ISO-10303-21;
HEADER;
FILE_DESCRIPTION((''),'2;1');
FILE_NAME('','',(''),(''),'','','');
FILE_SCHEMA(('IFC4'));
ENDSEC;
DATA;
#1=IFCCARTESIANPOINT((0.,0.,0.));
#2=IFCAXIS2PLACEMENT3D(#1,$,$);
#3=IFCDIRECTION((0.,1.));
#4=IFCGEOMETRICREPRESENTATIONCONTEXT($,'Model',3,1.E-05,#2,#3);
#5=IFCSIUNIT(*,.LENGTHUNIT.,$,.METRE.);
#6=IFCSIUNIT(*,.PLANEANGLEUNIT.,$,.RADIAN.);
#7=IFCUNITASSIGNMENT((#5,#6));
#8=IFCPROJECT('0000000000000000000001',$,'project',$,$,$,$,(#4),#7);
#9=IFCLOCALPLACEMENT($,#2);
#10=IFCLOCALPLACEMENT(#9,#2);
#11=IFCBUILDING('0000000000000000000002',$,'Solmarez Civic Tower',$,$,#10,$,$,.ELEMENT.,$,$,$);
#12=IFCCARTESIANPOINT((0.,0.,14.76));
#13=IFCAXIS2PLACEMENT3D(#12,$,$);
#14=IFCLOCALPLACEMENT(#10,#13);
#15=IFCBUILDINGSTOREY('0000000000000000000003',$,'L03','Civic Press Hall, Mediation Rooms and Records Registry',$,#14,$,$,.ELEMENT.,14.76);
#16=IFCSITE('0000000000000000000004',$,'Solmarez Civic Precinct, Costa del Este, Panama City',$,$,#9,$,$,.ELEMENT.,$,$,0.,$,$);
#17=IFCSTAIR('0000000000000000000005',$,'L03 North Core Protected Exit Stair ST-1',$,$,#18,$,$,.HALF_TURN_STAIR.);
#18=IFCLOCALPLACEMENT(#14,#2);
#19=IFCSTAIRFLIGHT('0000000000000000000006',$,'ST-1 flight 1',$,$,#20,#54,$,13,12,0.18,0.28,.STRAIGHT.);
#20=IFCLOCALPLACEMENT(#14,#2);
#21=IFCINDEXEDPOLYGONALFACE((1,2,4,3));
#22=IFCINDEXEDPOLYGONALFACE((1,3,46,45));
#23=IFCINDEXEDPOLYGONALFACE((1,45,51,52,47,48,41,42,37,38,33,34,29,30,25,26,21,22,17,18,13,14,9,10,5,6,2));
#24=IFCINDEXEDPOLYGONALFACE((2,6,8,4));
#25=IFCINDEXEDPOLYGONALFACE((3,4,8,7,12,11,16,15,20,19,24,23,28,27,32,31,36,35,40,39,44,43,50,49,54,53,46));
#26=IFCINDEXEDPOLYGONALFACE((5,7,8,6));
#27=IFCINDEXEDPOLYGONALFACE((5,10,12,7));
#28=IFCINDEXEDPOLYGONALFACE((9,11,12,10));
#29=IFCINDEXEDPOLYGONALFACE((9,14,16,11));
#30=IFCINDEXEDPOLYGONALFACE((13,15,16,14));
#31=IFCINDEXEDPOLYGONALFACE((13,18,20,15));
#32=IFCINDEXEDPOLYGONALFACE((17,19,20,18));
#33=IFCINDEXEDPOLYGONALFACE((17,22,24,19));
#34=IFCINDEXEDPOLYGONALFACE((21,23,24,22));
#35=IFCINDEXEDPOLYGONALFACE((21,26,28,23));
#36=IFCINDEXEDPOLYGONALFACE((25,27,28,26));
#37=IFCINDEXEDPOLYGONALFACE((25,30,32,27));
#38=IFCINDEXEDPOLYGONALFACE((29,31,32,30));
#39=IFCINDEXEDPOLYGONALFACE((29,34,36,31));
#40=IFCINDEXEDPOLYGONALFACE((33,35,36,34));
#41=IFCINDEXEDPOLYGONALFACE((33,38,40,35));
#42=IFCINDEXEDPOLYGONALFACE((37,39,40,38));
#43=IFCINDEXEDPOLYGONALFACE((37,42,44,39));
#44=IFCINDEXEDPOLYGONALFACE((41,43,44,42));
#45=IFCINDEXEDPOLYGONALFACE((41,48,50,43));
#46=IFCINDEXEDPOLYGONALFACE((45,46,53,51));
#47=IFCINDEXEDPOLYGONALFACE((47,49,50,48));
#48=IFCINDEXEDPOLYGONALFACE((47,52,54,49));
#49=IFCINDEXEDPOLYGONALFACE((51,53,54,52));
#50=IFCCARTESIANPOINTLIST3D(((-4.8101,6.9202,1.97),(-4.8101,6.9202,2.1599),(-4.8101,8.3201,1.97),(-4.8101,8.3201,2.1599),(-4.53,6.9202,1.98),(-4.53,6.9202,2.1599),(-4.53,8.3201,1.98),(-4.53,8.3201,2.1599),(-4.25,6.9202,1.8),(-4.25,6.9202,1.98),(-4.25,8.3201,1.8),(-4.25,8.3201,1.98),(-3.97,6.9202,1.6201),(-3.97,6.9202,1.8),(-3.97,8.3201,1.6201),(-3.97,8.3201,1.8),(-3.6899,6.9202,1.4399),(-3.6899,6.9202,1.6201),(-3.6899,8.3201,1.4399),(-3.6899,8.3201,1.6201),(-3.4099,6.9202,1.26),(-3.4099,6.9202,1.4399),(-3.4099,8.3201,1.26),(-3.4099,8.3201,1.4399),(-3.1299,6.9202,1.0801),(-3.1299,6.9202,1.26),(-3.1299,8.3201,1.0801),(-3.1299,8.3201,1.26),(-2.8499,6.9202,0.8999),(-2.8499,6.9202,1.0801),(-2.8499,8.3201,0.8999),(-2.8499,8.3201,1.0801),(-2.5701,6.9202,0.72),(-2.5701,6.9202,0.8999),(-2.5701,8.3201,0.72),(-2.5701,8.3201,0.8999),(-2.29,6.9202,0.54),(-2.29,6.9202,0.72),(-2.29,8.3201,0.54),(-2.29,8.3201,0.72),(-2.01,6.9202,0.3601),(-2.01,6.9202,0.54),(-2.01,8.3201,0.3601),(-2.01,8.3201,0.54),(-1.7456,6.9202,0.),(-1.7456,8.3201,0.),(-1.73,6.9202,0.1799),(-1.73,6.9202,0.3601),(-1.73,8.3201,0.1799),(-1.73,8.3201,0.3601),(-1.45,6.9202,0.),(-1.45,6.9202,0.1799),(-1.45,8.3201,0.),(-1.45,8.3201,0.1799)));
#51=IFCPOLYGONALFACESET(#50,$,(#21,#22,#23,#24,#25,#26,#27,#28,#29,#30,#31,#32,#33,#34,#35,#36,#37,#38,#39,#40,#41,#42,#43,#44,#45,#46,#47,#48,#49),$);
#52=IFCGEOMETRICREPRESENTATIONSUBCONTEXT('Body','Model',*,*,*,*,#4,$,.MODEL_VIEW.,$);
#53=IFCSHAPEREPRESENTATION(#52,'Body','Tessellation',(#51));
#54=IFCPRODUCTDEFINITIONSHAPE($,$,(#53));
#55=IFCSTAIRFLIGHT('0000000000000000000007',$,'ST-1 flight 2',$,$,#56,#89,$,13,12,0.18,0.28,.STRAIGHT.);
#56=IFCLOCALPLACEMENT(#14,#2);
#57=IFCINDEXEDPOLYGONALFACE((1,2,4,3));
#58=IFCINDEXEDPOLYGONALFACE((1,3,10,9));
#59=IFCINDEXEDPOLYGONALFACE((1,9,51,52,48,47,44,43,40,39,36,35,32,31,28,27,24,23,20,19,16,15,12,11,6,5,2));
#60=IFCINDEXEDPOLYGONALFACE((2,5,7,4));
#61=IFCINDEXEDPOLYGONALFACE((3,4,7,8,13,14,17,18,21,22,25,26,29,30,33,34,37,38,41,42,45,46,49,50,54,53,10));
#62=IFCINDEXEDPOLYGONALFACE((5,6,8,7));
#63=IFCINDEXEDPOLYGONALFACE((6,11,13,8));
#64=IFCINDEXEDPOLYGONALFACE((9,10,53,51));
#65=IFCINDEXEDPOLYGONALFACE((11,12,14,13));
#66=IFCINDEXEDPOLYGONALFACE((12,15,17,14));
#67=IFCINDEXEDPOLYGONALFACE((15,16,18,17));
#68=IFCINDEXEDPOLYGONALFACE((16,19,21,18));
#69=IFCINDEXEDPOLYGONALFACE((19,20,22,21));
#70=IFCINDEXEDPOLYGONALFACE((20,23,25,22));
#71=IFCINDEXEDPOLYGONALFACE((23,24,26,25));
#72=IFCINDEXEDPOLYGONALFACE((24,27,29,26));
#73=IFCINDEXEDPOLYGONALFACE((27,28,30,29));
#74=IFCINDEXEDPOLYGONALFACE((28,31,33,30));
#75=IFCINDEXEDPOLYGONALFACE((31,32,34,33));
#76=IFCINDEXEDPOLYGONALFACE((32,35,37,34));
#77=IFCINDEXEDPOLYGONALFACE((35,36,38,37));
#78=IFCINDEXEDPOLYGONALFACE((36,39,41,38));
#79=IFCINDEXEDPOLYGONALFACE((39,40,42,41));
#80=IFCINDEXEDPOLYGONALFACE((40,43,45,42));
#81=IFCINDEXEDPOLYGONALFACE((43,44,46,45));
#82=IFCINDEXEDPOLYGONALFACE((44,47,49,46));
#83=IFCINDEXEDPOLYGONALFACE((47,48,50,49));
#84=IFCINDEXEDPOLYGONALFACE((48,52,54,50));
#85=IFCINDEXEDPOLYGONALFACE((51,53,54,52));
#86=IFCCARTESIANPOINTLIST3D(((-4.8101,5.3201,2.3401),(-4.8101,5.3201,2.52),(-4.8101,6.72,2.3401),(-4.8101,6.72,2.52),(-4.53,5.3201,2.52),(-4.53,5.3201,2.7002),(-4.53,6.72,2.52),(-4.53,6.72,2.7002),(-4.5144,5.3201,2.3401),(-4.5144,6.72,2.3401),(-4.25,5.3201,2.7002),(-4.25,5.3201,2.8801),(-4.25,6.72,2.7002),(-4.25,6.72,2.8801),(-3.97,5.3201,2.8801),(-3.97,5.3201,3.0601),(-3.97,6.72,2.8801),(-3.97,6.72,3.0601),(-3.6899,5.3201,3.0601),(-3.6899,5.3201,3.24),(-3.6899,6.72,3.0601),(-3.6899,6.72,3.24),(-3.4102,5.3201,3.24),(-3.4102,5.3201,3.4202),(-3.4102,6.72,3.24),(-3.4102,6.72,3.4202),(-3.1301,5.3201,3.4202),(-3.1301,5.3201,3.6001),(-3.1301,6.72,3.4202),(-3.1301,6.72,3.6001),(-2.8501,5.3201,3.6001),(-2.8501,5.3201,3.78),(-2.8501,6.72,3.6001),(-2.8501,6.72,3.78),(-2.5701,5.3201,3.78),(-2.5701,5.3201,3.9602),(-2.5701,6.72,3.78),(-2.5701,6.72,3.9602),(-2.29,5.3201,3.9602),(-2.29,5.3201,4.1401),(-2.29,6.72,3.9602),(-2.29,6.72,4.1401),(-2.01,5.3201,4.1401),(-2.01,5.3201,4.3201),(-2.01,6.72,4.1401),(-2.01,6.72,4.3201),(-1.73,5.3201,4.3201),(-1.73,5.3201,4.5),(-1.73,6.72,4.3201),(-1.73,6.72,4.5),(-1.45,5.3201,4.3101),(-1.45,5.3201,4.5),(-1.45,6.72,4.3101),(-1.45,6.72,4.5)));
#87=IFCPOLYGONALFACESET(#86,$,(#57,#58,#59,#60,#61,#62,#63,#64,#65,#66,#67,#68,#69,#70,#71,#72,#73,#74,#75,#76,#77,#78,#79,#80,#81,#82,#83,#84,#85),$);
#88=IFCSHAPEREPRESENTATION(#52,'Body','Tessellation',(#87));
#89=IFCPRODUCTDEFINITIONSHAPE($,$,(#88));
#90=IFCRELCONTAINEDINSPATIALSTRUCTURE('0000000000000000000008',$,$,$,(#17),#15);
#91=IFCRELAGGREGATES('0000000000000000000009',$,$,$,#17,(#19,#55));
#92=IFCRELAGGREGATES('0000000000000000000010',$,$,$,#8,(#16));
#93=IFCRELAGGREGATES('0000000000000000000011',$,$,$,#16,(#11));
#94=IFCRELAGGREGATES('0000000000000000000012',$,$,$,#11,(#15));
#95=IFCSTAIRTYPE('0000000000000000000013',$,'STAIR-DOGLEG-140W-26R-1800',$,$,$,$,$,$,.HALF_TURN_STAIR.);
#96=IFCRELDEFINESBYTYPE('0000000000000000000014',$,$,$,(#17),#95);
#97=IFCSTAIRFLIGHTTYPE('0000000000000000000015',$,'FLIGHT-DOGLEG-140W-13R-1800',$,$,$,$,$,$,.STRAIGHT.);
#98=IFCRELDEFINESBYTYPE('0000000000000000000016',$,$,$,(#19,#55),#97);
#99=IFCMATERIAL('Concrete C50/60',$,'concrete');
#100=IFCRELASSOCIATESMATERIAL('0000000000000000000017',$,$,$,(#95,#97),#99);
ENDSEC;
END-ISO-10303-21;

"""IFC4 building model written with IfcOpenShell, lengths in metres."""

from ifc_helpers import new_model, si_unit, direction, frame, origin, place, context, subcontext, project, spatial, polyline, outline, extrude, material, type_object, element, aggregate, save


model = new_model("IFC4")

# Units and contexts
model_context = context("Model", 3, precision=1e-05, world=origin(), true_north=direction((0.0, 1.0)))
body_context = subcontext(model_context, "Body", "Model", "MODEL_VIEW")
ifc_project = project(units=[si_unit("LENGTHUNIT", "METRE"), si_unit("PLANEANGLEUNIT", "RADIAN")], contexts=[model_context])

# Site, building, storey
site_placement = place(None, origin())
site = spatial("IfcSite", under=ifc_project, at=site_placement, Name="Solmarez Civic Precinct, Costa del Este, Panama City", CompositionType="ELEMENT", RefElevation=0.0)
building_placement = place(site_placement, origin())
building = spatial("IfcBuilding", under=site, at=building_placement, Name="Solmarez Civic Tower", CompositionType="ELEMENT")
storey_placement = place(building_placement, frame((0.0, 0.0, 14.76)))
storey = spatial("IfcBuildingStorey", under=building, at=storey_placement, Name="L03", Description="Civic Press Hall, Mediation Rooms and Records Registry", CompositionType="ELEMENT", Elevation=14.76)

# Shared definitions
ifc_material_1 = material(Name="Concrete C50/60", Category="concrete")

# Stair, stair flights
stair_type = type_object("IfcStairType", Name="STAIR-DOGLEG-140W-26R-1800", PredefinedType="HALF_TURN_STAIR", material=ifc_material_1)
stair_placement = place(storey_placement, origin())
stair = element("IfcStair", 1, at=stair_placement, inside=storey, type_object=stair_type, Name="L03 North Core Protected Exit Stair ST-1", PredefinedType="HALF_TURN_STAIR")
stair_flight_type = type_object("IfcStairFlightType", Name="FLIGHT-DOGLEG-140W-13R-1800", PredefinedType="STRAIGHT", material=ifc_material_1)
stair_flight_1_placement = place(storey_placement, frame((-1.45, 7.6201, 0.0), z_axis=(0.0, 0.0, 1.0), x_axis=(-1.0, 0.0, 0.0)))
stair_flight_1 = element("IfcStairFlight", 2, at=stair_flight_1_placement, type_object=stair_flight_type, Name="ST-1 flight 1", NumberOfRisers=13, NumberOfTreads=12, PredefinedType="STRAIGHT", RiserHeight=0.18, TreadLength=0.28, context=body_context, shape_type="SweptSolid", body=[
    extrude(outline(polyline([(0.0, 0.0), (0.0, 0.1799), (0.28, 0.1799), (0.28, 0.3601), (0.5601, 0.3601), (0.5601, 0.54), (0.8401, 0.54), (0.8401, 0.72), (1.1201, 0.72), (1.1201, 0.8999), (1.3999, 0.8999), (1.3999, 1.0801), (1.6799, 1.0801), (1.6799, 1.26), (1.96, 1.26), (1.96, 1.4399), (2.24, 1.4399), (2.24, 1.6201), (2.52, 1.6201), (2.52, 1.8), (2.8, 1.8), (2.8, 1.98), (3.0801, 1.98), (3.0801, 2.1599), (3.3601, 2.1599), (3.3601, 2.3401), (3.3601, 1.97), (0.2957, 0.0), (0.0, 0.0)])), frame((0.0, 0.7, 0.0), z_axis=(0.0, -1.0, 0.0), x_axis=(1.0, 0.0, 0.0)), (0.0, 0.0, 1.0), 1.3999),
])
stair_flight_2_placement = place(storey_placement, frame((-4.8101, 6.02, 2.3401), z_axis=(0.0, 0.0, 1.0), x_axis=(1.0, 0.0, 0.0)))
stair_flight_2 = element("IfcStairFlight", 3, at=stair_flight_2_placement, type_object=stair_flight_type, Name="ST-1 flight 2", NumberOfRisers=13, NumberOfTreads=12, PredefinedType="STRAIGHT", RiserHeight=0.18, TreadLength=0.28, context=body_context, shape_type="SweptSolid", body=[
    extrude(outline(polyline([(0.0, 0.0), (0.0, 0.1799), (0.28, 0.1799), (0.28, 0.3601), (0.5601, 0.3601), (0.5601, 0.54), (0.8401, 0.54), (0.8401, 0.72), (1.1201, 0.72), (1.1201, 0.8999), (1.3999, 0.8999), (1.3999, 1.0801), (1.6799, 1.0801), (1.6799, 1.26), (1.96, 1.26), (1.96, 1.4399), (2.24, 1.4399), (2.24, 1.6201), (2.52, 1.6201), (2.52, 1.8), (2.8, 1.8), (2.8, 1.98), (3.0801, 1.98), (3.0801, 2.1599), (3.3601, 2.1599), (3.3601, 2.3401), (3.3601, 1.97), (0.2957, 0.0), (0.0, 0.0)])), frame((0.0, 0.7, 0.0), z_axis=(0.0, -1.0, 0.0), x_axis=(1.0, 0.0, 0.0)), (0.0, 0.0, 1.0), 1.3999),
])
aggregate(stair, [stair_flight_1, stair_flight_2])

save(model, "model.ifc")
